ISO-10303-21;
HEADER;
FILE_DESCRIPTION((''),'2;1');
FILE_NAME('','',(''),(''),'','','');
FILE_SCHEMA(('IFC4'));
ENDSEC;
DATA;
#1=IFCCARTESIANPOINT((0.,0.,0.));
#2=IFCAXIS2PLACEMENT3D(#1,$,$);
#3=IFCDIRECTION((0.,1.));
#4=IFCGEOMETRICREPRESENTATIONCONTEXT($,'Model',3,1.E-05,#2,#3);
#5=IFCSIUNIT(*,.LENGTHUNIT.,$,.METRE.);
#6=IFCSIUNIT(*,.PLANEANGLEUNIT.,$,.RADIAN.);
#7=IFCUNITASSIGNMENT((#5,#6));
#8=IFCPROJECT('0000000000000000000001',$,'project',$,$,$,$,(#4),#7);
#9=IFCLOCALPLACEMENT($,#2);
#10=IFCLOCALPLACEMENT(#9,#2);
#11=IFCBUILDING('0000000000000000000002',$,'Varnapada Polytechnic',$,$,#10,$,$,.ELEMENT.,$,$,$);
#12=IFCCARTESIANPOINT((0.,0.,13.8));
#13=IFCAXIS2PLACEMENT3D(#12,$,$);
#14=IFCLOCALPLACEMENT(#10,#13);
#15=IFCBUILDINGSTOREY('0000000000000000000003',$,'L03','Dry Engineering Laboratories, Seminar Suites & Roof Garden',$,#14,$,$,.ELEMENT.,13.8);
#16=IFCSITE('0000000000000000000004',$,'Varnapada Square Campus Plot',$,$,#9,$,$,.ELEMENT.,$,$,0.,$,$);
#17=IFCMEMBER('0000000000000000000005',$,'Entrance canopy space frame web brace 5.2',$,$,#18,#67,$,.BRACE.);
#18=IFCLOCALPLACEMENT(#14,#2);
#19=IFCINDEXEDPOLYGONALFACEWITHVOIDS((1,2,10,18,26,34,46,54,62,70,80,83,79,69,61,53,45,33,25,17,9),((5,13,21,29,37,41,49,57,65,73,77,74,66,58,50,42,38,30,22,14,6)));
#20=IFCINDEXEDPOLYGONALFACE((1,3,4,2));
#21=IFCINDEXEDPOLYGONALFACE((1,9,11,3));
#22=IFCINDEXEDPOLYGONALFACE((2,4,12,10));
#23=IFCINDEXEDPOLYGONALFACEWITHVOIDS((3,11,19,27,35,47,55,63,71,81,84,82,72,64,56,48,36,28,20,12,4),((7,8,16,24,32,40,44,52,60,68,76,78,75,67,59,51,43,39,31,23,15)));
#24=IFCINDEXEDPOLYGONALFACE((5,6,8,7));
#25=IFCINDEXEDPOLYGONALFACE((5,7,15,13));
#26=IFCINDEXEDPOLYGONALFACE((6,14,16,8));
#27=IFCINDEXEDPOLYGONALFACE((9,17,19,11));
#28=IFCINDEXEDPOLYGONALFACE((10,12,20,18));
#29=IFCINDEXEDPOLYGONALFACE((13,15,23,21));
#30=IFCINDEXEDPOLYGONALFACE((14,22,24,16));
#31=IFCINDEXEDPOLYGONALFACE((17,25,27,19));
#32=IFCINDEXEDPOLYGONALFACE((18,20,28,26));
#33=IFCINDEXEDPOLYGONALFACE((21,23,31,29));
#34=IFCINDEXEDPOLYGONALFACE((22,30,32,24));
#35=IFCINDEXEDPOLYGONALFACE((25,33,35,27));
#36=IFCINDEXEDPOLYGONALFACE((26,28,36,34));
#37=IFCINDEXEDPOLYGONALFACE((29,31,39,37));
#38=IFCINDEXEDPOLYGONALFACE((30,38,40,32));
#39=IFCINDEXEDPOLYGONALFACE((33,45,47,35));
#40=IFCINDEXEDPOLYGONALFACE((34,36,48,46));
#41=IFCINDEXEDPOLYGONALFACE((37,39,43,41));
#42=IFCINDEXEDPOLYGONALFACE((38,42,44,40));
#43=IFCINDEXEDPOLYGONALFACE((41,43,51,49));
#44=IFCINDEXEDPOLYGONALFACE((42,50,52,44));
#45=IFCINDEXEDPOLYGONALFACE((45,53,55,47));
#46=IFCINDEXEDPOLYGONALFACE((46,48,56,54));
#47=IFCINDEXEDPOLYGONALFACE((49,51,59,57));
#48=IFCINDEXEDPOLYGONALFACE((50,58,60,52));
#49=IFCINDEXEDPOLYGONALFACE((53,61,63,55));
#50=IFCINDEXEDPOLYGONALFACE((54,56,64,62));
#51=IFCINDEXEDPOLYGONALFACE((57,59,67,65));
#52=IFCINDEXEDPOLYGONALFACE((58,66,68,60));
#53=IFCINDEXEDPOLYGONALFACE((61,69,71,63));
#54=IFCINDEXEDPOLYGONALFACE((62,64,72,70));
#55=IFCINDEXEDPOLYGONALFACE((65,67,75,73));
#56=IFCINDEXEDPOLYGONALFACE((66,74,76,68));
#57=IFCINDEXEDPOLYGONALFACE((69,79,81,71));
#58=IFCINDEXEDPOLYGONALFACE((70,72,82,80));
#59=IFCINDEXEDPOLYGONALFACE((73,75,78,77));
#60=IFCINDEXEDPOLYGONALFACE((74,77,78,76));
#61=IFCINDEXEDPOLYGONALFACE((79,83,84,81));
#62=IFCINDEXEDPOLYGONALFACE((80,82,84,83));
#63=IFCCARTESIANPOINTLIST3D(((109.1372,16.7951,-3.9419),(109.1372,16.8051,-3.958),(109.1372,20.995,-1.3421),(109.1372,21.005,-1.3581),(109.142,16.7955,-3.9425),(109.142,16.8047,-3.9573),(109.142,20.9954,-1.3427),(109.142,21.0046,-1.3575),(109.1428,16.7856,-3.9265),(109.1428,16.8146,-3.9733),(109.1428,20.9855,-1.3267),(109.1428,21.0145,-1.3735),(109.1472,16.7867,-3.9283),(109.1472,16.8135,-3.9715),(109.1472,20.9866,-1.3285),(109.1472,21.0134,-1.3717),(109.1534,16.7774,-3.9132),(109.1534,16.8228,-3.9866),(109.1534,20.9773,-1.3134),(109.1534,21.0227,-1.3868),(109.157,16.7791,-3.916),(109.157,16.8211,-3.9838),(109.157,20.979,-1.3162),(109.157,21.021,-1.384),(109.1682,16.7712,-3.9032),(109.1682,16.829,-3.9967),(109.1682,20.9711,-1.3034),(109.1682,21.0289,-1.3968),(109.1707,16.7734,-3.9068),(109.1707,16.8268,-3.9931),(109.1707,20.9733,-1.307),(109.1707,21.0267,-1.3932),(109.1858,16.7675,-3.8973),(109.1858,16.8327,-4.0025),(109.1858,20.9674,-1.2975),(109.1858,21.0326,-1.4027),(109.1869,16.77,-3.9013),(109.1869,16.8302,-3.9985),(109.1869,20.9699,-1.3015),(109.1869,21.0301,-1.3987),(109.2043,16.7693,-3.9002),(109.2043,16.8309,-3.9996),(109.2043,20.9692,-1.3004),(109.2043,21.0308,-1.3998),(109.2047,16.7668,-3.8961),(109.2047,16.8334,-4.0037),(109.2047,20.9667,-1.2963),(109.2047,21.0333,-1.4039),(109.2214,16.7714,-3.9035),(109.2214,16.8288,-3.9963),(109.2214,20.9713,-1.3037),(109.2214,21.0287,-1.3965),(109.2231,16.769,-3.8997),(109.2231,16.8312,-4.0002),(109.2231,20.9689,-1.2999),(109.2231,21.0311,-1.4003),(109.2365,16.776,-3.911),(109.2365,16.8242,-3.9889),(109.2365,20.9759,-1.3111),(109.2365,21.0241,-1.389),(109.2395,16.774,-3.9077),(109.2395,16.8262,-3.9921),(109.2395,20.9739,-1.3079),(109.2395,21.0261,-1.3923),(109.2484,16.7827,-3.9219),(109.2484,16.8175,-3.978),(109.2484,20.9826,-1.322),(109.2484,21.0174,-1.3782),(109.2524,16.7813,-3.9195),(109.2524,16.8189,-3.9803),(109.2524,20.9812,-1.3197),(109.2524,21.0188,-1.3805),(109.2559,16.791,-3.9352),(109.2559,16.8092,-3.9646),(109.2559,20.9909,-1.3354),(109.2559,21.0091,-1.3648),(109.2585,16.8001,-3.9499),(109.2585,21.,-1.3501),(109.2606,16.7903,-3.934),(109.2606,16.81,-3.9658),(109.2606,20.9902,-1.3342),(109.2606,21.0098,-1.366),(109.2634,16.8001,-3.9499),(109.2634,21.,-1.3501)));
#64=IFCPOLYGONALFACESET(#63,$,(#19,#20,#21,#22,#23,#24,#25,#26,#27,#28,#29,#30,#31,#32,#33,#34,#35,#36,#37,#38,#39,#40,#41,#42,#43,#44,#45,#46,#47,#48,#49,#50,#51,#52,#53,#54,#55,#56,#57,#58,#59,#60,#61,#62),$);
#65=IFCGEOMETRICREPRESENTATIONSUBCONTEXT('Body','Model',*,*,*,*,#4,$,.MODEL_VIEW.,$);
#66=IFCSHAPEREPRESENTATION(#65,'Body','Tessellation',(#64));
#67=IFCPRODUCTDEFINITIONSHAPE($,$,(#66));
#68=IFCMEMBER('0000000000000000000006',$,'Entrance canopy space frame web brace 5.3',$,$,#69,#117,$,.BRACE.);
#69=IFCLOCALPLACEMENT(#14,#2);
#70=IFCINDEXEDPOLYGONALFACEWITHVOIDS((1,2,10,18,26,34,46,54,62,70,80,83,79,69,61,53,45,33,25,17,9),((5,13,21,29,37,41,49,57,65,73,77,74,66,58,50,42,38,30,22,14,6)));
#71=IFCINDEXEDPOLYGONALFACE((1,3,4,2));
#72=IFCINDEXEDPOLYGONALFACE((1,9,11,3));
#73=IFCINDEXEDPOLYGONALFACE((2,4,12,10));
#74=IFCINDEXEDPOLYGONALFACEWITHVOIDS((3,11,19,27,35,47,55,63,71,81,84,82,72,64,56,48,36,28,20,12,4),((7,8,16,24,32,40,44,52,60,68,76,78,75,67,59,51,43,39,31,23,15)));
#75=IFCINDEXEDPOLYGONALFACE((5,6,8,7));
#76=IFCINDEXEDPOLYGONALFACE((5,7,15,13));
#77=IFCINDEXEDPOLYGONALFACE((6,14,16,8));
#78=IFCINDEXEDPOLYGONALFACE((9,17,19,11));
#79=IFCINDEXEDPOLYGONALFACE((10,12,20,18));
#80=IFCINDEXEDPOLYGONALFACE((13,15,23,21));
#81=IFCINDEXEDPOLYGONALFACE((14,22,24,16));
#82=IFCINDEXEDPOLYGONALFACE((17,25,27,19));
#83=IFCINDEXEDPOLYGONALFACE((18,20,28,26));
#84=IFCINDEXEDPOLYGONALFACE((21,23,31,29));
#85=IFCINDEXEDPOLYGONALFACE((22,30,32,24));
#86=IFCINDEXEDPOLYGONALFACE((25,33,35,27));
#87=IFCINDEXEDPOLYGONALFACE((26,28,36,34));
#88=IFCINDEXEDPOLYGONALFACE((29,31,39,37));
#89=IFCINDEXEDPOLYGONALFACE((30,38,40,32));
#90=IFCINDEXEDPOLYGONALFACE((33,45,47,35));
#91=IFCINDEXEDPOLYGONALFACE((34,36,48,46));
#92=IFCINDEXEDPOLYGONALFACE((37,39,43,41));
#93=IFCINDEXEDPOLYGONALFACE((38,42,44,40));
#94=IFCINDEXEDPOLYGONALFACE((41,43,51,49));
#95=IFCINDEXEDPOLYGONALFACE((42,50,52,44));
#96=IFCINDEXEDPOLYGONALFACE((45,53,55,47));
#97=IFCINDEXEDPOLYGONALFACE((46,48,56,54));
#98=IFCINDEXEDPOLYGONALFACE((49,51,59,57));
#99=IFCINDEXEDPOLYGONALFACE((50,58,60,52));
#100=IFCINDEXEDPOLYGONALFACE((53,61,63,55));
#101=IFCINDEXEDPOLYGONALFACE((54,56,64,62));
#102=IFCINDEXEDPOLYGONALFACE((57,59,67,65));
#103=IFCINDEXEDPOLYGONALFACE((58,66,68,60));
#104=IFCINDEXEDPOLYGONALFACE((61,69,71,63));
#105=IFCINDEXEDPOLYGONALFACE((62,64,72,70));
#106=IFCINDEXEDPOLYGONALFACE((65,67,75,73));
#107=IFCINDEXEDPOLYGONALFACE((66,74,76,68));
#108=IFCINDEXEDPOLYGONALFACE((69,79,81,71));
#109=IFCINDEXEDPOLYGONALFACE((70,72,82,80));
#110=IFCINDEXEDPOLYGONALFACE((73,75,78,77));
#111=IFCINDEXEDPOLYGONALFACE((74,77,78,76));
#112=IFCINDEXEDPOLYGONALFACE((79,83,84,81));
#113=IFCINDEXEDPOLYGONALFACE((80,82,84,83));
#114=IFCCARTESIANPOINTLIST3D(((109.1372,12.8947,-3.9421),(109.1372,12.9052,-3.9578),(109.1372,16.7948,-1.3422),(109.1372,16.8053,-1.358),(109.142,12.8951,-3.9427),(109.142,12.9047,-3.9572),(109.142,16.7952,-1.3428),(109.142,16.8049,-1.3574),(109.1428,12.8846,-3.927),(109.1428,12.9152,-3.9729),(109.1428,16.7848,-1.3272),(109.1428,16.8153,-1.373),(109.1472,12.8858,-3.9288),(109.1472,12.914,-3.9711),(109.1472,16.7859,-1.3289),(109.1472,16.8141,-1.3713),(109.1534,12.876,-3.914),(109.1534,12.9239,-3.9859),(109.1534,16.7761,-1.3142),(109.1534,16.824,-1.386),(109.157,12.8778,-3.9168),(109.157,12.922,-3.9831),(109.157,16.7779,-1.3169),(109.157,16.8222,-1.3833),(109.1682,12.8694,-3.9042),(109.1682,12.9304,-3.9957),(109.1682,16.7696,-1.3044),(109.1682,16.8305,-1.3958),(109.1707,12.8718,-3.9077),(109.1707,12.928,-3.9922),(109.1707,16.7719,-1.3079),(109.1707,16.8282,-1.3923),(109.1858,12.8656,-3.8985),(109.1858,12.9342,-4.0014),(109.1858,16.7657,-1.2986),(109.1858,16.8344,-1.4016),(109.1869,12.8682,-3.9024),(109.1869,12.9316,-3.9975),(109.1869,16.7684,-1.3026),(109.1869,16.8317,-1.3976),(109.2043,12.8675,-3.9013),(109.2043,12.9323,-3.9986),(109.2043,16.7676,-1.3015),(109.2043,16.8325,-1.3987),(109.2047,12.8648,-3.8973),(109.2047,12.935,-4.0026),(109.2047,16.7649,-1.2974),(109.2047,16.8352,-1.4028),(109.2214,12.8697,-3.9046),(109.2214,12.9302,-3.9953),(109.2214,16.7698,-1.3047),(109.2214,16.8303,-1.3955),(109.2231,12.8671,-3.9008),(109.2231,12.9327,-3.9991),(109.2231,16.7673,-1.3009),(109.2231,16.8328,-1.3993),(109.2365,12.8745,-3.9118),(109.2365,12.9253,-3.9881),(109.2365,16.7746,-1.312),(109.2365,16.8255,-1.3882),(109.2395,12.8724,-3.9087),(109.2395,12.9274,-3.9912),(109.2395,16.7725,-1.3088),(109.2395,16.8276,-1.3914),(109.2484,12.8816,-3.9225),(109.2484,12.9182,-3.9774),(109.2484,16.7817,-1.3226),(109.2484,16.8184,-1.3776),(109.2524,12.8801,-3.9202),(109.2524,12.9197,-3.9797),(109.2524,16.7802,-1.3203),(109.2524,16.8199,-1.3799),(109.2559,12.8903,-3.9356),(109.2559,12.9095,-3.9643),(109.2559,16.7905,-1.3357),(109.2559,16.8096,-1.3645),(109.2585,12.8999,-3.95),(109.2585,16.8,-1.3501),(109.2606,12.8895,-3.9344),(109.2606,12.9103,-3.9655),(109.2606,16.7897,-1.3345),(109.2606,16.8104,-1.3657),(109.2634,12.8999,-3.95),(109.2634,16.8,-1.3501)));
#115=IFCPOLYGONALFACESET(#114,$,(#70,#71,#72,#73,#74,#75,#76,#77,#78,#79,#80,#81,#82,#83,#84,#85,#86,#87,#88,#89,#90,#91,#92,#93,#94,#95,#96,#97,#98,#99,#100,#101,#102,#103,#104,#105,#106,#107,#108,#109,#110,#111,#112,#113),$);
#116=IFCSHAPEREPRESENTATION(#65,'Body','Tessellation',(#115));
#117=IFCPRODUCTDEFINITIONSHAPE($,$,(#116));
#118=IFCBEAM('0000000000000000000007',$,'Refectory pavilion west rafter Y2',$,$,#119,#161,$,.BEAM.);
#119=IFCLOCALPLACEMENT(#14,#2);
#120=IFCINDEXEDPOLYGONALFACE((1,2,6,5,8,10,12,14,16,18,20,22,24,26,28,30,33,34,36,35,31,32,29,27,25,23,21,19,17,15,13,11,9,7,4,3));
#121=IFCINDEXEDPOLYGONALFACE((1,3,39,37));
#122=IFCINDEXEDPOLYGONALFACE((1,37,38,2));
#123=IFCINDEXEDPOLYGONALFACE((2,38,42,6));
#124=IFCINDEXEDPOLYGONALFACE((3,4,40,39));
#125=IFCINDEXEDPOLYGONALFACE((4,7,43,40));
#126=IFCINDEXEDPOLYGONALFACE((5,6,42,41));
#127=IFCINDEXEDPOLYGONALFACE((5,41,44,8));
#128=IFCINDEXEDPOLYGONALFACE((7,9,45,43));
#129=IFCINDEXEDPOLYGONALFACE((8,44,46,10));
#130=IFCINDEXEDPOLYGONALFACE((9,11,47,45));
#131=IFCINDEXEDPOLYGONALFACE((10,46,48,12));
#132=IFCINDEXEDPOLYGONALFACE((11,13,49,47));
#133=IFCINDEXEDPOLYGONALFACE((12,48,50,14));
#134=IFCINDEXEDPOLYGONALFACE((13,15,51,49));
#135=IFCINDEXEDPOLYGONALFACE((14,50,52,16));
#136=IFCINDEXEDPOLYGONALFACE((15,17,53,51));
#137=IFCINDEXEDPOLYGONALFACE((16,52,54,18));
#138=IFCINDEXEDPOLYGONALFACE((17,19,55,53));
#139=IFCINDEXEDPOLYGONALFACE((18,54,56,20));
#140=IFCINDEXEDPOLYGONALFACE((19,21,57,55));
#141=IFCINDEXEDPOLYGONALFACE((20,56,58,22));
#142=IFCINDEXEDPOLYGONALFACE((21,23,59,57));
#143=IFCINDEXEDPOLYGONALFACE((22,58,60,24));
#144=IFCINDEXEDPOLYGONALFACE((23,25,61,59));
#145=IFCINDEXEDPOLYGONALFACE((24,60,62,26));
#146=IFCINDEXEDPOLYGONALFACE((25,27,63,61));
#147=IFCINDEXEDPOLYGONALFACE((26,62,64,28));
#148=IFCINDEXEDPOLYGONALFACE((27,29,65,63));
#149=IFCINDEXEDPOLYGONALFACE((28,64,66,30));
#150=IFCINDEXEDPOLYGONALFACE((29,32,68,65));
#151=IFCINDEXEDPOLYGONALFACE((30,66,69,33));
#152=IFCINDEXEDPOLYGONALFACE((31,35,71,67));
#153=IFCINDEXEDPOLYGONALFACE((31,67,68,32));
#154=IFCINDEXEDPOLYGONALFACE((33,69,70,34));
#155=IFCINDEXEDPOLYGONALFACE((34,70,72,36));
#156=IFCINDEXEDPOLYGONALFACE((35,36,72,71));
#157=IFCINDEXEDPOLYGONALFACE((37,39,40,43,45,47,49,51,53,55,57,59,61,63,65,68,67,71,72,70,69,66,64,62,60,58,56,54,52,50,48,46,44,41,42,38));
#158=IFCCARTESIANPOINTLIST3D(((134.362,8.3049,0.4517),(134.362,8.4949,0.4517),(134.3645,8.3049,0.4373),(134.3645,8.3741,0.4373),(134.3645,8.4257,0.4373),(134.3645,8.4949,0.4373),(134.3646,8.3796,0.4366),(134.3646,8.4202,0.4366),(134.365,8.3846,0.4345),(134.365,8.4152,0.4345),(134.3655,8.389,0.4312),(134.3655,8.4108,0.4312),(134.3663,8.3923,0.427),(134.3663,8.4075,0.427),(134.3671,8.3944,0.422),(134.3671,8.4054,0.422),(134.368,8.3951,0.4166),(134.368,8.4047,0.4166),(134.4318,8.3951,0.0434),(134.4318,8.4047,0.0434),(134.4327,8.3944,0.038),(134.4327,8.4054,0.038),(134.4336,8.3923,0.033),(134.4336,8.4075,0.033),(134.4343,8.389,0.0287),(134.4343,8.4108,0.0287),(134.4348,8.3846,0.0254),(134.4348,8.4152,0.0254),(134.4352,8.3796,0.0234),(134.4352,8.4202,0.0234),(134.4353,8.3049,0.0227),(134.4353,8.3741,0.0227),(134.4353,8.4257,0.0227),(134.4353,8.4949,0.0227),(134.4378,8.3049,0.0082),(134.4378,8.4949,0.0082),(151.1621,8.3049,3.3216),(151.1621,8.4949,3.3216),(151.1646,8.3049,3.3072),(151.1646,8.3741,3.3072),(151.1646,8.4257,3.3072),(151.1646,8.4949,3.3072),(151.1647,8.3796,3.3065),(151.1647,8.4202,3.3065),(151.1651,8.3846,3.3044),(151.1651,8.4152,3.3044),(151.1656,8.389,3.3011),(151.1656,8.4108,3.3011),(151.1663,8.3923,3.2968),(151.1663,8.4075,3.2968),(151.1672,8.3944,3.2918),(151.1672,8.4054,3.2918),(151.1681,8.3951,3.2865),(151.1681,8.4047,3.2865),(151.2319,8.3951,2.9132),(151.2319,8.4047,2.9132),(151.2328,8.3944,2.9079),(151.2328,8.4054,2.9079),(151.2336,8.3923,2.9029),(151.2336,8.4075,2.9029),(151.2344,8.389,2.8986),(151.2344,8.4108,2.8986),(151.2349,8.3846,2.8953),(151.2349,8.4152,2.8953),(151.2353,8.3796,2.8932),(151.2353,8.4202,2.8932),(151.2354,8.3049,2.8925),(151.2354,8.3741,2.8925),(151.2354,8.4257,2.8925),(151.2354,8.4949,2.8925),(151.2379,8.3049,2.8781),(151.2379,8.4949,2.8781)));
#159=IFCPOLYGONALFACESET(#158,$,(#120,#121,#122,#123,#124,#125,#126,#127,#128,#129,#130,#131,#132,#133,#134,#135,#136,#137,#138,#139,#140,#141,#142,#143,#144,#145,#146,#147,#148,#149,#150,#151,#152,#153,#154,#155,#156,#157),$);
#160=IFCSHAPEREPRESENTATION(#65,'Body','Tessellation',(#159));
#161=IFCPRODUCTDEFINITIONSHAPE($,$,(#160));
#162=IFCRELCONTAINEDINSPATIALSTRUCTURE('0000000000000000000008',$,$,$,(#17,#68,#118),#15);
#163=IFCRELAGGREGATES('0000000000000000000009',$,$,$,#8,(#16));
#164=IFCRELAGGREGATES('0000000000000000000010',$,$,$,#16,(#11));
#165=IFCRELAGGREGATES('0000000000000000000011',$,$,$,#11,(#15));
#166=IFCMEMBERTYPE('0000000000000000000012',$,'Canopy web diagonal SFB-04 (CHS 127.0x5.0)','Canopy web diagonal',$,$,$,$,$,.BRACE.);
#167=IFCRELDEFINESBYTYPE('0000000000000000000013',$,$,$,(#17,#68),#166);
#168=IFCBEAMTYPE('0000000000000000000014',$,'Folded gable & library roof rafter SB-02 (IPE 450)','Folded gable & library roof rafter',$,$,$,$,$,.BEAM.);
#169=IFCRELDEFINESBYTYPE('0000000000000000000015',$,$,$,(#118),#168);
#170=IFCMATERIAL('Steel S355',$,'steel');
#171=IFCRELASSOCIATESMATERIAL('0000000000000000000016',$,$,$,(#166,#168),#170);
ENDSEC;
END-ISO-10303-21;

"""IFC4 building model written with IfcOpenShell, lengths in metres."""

from ifc_helpers import new_model, si_unit, direction, frame, origin, origin_2d, place, context, subcontext, project, spatial, hollow_circle, i_section, extrude, material, material_profile, profile_set, type_object, element, save


model = new_model("IFC4")

# Units and contexts
model_context = context("Model", 3, precision=1e-05, world=origin(), true_north=direction((0.0, 1.0)))
body_context = subcontext(model_context, "Body", "Model", "MODEL_VIEW")
ifc_project = project(units=[si_unit("LENGTHUNIT", "METRE"), si_unit("PLANEANGLEUNIT", "RADIAN")], contexts=[model_context])

# Site, building, storey
site_placement = place(None, origin())
site = spatial("IfcSite", under=ifc_project, at=site_placement, Name="Varnapada Square Campus Plot", CompositionType="ELEMENT", RefElevation=0.0)
building_placement = place(site_placement, origin())
building = spatial("IfcBuilding", under=site, at=building_placement, Name="Varnapada Polytechnic", CompositionType="ELEMENT")
storey_placement = place(building_placement, frame((0.0, 0.0, 13.8)))
storey = spatial("IfcBuildingStorey", under=building, at=storey_placement, Name="L03", Description="Dry Engineering Laboratories, Seminar Suites & Roof Garden", CompositionType="ELEMENT", Elevation=13.8)

# Members
ifc_material_1 = material(Name="Steel S355", Category="steel")
ifc_material_profile_1 = material_profile(ifc_material_1, hollow_circle(Radius=0.0635, WallThickness=0.0049, at=origin_2d()), Name="CHS 127.0x5.0")
ifc_profile_set_1 = profile_set([ifc_material_profile_1], Name="Steel S355")
member_type_1 = type_object("IfcMemberType", Name="Canopy web diagonal SFB-04 (CHS 127.0x5.0)", Description="Canopy web diagonal", PredefinedType="BRACE", material=ifc_profile_set_1)
for number, where, z_axis, x_axis, name in (
    (1, (109.2, 21.0, -1.3501), (0.0, -0.850276, -0.526338), (1.0, 0.0, 0.0), "Entrance canopy space frame web brace 5.2"),
):
    element("IfcMember", number, at=place(storey_placement, frame(where, z_axis=z_axis, x_axis=x_axis)), inside=storey, type_object=member_type_1, Name=name, PredefinedType="BRACE", context=body_context, shape_type="SweptSolid", body=[
        extrude(hollow_circle(Radius=0.0635, WallThickness=0.0049, at=origin_2d()), origin(), (0.0, 0.0, 1.0), 4.9395),
    ])
member_placement = place(storey_placement, frame((109.2, 16.8, -1.3501), z_axis=(0.0, -0.832074, -0.554664), x_axis=(1.0, 0.0, 0.0)))
element("IfcMember", 2, at=member_placement, inside=storey, type_object=member_type_1, Name="Entrance canopy space frame web brace 5.3", PredefinedType="BRACE", context=body_context, shape_type="SweptSolid", body=[
    extrude(hollow_circle(Radius=0.0635, WallThickness=0.0049, at=origin_2d()), origin(), (0.0, 0.0, 1.0), 4.6873),
])

# Beam
ifc_material_profile_2 = material_profile(ifc_material_1, i_section(OverallWidth=0.1899, OverallDepth=0.45, WebThickness=0.0095, FlangeThickness=0.0146, FilletRadius=0.021, at=origin_2d()), Name="IPE 450")
ifc_profile_set_2 = profile_set([ifc_material_profile_2], Name="Steel S355")
beam_type_1 = type_object("IfcBeamType", Name="Folded gable & library roof rafter SB-02 (IPE 450)", Description="Folded gable & library roof rafter", PredefinedType="BEAM", material=ifc_profile_set_2)
for number, where, z_axis, x_axis, name in (
    (3, (134.3999, 8.3999, 0.23), (0.985721, 0.0, 0.168386), (0.0, 1.0, 0.0), "Refectory pavilion west rafter Y2"),
):
    element("IfcBeam", number, at=place(storey_placement, frame(where, z_axis=z_axis, x_axis=x_axis)), inside=storey, type_object=beam_type_1, Name=name, PredefinedType="BEAM", context=body_context, shape_type="SweptSolid", body=[
        extrude(i_section(OverallWidth=0.1899, OverallDepth=0.45, WebThickness=0.0095, FlangeThickness=0.0146, FilletRadius=0.021, at=origin_2d()), origin(), (0.0, 0.0, 1.0), 17.0435),
    ])

save(model, "model.ifc")
